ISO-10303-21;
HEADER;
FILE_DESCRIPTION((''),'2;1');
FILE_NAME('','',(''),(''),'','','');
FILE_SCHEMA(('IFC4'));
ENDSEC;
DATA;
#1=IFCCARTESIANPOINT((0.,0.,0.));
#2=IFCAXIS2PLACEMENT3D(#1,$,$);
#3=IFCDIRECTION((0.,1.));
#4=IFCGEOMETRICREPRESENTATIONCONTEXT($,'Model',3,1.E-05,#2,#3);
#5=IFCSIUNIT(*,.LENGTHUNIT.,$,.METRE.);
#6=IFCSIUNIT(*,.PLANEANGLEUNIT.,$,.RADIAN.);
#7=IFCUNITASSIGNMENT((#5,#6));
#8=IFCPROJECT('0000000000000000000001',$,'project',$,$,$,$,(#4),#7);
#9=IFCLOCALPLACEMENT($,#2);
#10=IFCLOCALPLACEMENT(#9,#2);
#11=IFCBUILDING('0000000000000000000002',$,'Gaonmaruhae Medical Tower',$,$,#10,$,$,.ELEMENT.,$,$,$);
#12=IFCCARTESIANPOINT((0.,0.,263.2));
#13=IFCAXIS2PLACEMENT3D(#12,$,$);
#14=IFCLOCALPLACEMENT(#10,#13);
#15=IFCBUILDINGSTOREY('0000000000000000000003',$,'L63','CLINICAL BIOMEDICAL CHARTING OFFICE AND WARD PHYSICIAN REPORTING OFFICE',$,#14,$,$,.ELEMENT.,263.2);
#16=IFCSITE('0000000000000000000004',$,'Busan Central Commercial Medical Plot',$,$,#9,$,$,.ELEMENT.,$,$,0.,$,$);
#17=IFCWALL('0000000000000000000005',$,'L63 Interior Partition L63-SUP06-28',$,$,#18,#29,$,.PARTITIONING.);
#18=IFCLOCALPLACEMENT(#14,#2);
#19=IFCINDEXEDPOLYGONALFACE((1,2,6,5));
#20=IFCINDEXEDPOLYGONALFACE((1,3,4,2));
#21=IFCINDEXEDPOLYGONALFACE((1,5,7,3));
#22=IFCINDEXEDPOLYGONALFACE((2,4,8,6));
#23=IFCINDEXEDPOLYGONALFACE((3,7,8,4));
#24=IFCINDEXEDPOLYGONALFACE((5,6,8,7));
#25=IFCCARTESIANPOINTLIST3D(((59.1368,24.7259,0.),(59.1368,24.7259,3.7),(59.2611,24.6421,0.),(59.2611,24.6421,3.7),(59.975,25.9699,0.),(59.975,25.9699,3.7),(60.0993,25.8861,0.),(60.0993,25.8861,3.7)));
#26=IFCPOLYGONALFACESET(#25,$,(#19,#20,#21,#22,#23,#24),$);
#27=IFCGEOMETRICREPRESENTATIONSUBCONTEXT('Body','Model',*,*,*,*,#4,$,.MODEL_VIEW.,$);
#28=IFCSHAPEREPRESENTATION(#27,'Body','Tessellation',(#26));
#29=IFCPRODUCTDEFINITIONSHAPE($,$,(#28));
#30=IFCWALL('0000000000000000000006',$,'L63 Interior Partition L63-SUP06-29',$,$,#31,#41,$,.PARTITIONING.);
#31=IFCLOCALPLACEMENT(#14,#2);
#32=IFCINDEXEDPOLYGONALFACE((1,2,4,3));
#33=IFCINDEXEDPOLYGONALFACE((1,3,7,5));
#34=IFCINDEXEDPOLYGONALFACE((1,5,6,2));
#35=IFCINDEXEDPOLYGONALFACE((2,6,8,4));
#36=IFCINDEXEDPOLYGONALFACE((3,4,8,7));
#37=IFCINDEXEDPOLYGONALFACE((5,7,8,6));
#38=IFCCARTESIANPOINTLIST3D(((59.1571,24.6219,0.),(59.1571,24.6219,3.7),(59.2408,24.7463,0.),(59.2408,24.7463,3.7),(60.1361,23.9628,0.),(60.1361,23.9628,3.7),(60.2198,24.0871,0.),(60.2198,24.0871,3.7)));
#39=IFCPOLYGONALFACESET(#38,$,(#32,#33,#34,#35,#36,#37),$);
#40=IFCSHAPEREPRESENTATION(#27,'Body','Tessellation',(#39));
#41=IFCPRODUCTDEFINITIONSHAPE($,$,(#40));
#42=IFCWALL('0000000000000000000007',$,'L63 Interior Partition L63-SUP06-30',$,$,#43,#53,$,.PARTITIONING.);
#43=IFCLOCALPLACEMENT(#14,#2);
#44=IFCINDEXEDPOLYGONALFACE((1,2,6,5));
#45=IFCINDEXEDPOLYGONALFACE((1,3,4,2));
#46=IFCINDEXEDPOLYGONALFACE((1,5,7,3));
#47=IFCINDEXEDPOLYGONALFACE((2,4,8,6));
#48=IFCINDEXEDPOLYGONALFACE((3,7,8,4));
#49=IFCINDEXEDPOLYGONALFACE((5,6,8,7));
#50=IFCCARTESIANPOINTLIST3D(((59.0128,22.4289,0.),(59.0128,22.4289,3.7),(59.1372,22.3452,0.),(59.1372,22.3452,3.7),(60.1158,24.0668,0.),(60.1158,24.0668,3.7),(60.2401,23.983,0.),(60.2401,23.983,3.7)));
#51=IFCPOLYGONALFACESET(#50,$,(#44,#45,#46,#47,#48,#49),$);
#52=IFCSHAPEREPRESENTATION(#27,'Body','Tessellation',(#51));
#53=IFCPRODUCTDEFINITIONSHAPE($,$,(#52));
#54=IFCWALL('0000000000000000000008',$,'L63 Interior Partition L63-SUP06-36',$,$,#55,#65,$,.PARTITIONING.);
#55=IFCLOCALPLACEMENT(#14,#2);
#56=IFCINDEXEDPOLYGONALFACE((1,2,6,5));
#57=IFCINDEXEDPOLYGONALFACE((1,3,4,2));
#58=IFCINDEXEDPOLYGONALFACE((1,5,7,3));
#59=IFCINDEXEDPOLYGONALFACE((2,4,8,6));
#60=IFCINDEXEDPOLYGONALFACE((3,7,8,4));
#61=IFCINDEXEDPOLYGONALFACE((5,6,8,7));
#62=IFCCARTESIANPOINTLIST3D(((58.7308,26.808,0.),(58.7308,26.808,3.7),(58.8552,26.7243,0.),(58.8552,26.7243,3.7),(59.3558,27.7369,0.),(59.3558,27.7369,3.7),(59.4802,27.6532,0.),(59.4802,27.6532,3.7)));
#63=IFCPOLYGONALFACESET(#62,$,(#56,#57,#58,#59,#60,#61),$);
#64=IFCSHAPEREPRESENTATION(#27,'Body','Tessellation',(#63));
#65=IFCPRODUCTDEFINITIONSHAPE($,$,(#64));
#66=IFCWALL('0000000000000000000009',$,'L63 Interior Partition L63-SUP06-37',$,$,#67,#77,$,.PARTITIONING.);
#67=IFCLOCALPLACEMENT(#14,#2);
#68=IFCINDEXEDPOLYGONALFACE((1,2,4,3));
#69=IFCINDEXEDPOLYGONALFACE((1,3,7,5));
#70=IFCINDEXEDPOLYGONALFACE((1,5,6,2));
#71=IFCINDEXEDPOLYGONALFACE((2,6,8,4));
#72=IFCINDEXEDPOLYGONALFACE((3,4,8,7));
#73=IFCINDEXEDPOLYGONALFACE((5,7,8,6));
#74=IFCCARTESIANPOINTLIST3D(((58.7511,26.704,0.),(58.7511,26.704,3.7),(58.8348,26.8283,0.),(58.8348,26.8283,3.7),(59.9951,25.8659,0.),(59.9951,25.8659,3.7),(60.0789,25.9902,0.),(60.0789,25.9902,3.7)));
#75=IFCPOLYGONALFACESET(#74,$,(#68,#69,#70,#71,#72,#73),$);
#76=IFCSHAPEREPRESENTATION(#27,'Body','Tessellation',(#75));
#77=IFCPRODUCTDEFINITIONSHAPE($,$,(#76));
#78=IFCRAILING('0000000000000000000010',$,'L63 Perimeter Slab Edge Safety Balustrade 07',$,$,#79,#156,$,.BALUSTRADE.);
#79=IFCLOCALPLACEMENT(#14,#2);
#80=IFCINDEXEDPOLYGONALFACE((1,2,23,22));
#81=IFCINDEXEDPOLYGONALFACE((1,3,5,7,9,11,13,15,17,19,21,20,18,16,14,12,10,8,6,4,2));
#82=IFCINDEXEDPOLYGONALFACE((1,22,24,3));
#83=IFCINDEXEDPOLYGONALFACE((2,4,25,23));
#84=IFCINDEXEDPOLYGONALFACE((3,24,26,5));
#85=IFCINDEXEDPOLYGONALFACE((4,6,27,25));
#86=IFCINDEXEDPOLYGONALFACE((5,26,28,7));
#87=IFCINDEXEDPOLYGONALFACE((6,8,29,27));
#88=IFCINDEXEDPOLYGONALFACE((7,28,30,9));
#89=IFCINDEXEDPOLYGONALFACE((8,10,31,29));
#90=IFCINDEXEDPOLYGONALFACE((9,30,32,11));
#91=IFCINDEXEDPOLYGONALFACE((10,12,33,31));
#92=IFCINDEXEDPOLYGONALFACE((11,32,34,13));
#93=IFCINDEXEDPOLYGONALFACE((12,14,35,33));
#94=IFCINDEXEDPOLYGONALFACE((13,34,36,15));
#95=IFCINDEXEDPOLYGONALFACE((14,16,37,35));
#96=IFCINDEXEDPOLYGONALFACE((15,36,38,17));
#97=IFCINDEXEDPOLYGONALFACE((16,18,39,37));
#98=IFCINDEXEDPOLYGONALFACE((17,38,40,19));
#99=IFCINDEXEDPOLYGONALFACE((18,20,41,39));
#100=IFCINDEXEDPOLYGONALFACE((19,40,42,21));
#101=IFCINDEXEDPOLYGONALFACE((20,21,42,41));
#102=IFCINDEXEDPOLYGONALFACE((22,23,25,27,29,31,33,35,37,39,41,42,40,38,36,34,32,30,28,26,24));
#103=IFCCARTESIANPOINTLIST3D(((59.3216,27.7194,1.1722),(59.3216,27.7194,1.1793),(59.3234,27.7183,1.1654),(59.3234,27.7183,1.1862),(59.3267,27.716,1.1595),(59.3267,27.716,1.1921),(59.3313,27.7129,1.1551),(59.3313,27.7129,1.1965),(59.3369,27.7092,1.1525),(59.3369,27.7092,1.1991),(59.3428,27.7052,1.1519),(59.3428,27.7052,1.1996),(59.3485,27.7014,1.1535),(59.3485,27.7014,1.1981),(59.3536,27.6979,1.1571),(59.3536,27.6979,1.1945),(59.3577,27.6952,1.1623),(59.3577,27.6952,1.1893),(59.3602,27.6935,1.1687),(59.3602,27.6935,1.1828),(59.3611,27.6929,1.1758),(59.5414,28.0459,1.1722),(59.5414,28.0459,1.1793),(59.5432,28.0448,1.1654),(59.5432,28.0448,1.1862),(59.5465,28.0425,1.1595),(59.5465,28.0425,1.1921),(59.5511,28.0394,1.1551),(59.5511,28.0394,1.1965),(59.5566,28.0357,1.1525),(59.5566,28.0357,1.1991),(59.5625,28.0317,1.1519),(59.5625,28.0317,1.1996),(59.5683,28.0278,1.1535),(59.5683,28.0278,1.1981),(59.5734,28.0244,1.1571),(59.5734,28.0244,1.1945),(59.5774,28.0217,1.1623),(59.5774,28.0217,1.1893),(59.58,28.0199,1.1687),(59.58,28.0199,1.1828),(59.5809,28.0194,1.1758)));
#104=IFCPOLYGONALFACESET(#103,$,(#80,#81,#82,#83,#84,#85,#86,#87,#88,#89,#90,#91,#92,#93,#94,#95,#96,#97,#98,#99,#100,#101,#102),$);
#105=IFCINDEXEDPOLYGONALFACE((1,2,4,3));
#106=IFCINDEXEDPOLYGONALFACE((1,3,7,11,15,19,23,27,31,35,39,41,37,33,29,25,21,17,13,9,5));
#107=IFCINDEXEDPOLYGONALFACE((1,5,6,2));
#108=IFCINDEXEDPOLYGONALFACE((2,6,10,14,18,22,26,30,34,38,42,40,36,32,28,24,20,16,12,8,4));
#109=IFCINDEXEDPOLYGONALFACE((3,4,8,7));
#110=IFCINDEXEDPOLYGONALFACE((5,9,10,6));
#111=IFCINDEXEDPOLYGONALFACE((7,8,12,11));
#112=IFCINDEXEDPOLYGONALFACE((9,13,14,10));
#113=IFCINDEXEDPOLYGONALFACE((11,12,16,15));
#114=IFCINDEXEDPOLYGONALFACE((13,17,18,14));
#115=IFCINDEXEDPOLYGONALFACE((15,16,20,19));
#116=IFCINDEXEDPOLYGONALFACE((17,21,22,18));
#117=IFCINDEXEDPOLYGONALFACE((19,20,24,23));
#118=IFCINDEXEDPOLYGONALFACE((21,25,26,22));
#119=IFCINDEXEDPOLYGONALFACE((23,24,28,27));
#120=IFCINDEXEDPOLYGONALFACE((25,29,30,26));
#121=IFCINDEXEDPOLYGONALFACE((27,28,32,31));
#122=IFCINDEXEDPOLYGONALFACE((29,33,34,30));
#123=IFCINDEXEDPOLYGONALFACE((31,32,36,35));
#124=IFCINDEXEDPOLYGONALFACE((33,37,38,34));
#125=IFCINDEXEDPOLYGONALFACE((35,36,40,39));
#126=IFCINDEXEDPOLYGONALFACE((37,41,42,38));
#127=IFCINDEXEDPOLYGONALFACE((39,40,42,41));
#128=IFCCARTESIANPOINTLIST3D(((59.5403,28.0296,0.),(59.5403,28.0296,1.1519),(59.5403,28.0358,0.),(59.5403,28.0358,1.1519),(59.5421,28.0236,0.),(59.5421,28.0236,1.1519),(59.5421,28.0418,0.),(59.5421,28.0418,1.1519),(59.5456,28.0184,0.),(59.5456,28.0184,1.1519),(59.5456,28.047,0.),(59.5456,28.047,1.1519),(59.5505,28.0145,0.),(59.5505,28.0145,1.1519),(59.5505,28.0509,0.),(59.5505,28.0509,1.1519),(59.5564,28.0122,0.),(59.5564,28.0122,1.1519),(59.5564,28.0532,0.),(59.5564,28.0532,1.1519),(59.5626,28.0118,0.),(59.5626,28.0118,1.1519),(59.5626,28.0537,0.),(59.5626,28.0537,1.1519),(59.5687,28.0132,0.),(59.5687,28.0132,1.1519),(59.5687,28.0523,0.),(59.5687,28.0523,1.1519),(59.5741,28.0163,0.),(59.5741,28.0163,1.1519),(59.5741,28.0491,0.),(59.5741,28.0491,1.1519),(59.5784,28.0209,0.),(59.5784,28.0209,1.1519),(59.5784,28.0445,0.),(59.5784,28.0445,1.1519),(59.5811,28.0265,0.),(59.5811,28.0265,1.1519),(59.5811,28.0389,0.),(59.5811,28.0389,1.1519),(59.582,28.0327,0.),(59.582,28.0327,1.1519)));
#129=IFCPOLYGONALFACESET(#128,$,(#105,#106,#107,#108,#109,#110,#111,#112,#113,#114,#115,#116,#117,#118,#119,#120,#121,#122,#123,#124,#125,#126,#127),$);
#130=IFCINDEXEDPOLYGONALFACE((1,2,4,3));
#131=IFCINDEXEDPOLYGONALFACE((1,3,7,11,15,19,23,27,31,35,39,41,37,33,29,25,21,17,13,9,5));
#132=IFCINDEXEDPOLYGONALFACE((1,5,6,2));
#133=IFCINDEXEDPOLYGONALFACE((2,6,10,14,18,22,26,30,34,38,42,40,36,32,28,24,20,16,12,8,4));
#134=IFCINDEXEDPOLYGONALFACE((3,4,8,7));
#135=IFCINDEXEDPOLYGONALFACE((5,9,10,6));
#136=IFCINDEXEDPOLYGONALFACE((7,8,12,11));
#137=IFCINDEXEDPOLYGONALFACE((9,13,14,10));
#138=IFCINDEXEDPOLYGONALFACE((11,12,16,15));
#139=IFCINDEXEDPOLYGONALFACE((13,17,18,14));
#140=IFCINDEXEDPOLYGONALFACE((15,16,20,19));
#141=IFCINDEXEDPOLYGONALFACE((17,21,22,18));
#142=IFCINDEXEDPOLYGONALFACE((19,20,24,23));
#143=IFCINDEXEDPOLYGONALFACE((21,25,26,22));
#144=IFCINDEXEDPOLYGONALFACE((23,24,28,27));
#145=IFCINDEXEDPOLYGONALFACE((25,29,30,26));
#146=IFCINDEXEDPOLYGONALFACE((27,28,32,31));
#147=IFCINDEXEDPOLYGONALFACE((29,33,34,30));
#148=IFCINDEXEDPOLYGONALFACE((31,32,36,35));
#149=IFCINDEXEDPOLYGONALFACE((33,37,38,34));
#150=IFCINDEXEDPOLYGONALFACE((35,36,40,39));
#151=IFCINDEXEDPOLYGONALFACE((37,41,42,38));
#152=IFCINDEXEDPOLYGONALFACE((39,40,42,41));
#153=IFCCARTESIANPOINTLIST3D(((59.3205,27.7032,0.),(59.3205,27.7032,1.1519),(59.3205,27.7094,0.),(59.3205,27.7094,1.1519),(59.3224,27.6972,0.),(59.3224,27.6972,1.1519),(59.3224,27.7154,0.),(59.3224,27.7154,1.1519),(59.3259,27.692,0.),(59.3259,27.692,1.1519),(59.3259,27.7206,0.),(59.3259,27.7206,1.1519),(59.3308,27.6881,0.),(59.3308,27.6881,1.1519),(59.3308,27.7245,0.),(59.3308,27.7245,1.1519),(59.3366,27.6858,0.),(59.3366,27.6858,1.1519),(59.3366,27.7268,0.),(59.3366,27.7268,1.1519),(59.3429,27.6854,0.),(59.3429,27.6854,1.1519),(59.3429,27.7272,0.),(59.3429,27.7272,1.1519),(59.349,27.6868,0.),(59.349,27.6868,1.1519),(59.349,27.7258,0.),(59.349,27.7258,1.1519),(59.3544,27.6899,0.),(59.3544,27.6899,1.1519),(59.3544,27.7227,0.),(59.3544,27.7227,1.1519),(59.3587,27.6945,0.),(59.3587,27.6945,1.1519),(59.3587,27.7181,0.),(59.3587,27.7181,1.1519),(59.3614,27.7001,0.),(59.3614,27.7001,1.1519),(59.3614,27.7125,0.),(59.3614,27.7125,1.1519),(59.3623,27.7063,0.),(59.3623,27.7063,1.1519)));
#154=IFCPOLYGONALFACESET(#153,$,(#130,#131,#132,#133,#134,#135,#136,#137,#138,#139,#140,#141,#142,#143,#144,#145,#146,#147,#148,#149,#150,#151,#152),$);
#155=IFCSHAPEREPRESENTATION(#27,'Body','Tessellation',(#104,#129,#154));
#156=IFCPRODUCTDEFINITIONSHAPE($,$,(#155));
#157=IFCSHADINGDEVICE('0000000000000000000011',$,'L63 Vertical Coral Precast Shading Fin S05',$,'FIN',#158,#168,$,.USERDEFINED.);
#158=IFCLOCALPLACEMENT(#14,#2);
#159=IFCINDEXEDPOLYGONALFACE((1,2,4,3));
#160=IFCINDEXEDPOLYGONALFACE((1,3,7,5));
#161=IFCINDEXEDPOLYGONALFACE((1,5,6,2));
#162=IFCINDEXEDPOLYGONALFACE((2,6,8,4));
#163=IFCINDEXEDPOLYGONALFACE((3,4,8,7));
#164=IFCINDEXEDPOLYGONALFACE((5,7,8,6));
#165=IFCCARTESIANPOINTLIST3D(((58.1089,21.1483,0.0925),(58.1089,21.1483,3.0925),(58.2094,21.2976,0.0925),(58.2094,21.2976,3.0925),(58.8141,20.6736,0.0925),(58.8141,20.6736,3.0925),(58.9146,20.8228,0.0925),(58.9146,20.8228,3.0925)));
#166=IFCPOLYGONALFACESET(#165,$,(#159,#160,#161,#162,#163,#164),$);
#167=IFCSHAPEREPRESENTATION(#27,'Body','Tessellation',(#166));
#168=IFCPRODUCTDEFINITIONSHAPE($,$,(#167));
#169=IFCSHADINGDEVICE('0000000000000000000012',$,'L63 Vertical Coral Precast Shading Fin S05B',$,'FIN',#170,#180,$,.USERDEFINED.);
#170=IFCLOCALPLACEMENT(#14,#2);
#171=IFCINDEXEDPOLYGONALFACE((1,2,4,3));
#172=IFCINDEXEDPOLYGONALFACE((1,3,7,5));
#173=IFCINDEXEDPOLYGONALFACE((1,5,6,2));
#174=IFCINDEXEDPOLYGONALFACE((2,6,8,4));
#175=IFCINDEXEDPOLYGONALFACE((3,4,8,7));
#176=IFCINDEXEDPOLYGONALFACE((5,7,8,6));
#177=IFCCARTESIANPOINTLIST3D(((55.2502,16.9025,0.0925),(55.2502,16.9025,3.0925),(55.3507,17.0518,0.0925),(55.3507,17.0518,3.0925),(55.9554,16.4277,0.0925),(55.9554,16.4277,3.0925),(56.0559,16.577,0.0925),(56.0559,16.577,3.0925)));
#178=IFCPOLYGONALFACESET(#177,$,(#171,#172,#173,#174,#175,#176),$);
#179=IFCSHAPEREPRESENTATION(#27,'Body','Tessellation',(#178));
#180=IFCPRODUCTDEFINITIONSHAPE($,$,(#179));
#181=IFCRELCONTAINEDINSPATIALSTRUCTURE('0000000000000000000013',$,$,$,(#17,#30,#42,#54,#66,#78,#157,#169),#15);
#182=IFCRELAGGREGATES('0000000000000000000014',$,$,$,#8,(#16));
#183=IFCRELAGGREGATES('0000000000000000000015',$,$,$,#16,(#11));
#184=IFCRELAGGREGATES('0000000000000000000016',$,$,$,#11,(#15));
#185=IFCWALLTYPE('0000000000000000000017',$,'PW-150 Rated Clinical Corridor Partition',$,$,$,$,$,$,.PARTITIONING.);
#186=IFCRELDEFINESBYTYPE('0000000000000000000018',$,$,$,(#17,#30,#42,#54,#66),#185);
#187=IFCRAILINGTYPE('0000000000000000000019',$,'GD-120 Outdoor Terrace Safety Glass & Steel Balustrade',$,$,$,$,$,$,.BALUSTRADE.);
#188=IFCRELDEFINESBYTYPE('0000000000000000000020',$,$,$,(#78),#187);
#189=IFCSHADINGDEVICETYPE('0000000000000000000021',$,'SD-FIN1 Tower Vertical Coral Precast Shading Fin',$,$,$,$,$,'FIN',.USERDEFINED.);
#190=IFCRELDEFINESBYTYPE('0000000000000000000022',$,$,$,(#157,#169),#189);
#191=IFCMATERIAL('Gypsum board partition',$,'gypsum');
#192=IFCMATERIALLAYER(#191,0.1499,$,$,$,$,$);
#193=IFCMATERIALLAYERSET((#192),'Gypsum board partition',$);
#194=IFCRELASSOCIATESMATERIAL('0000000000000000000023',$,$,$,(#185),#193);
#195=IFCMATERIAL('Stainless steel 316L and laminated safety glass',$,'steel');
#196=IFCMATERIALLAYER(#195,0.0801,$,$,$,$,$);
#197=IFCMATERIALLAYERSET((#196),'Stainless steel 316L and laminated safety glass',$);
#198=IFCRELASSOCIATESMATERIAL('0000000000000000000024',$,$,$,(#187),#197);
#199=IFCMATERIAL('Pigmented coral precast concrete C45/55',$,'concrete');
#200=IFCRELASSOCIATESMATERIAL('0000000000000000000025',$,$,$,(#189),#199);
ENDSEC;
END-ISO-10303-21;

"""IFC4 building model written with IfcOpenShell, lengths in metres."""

from ifc_helpers import new_model, si_unit, direction, frame, frame_2d, origin, origin_2d, place, context, subcontext, project, spatial, rectangle, circle, extrude, material, layer, layer_set, type_object, element, save


model = new_model("IFC4")

# Units and contexts
model_context = context("Model", 3, precision=1e-05, world=origin(), true_north=direction((0.0, 1.0)))
body_context = subcontext(model_context, "Body", "Model", "MODEL_VIEW")
ifc_project = project(units=[si_unit("LENGTHUNIT", "METRE"), si_unit("PLANEANGLEUNIT", "RADIAN")], contexts=[model_context])

# Site, building, storey
site_placement = place(None, origin())
site = spatial("IfcSite", under=ifc_project, at=site_placement, Name="Busan Central Commercial Medical Plot", CompositionType="ELEMENT", RefElevation=0.0)
building_placement = place(site_placement, origin())
building = spatial("IfcBuilding", under=site, at=building_placement, Name="Gaonmaruhae Medical Tower", CompositionType="ELEMENT")
storey_placement = place(building_placement, frame((0.0, 0.0, 263.2)))
storey = spatial("IfcBuildingStorey", under=building, at=storey_placement, Name="L63", Description="CLINICAL BIOMEDICAL CHARTING OFFICE AND WARD PHYSICIAN REPORTING OFFICE", CompositionType="ELEMENT", Elevation=263.2)

# Walls
ifc_material_1 = material(Name="Gypsum board partition", Category="gypsum")
ifc_layer_1 = layer(ifc_material_1, 0.1499)
ifc_layer_set_1 = layer_set([ifc_layer_1], Name="Gypsum board partition")
wall_type_1 = type_object("IfcWallType", Name="PW-150 Rated Clinical Corridor Partition", PredefinedType="PARTITIONING", material=ifc_layer_set_1)
wall_1_placement = place(storey_placement, frame((60.0371, 25.928, 0.0), z_axis=(0.0, 0.0, 1.0), x_axis=(-0.558788, -0.829311, 0.0)))
element("IfcWall", 1, at=wall_1_placement, inside=storey, type_object=wall_type_1, Name="L63 Interior Partition L63-SUP06-28", PredefinedType="PARTITIONING", context=body_context, shape_type="SweptSolid", body=[
    extrude(rectangle(XDim=1.5, YDim=0.1499, at=frame_2d((0.75, 0.0))), origin(), (0.0, 0.0, 1.0), 3.7),
])
wall_2_placement = place(storey_placement, frame((59.199, 24.6841, 0.0), z_axis=(0.0, 0.0, 1.0), x_axis=(0.829496, -0.558513, 0.0)))
element("IfcWall", 2, at=wall_2_placement, inside=storey, type_object=wall_type_1, Name="L63 Interior Partition L63-SUP06-29", PredefinedType="PARTITIONING", context=body_context, shape_type="SweptSolid", body=[
    extrude(rectangle(XDim=1.1802, YDim=0.1499, at=frame_2d((0.5901, 0.0))), origin(), (0.0, 0.0, 1.0), 3.7),
])
wall_3_placement = place(storey_placement, frame((60.178, 24.0249, 0.0), z_axis=(0.0, 0.0, 1.0), x_axis=(-0.558574, -0.829454, 0.0)))
element("IfcWall", 3, at=wall_3_placement, inside=storey, type_object=wall_type_1, Name="L63 Interior Partition L63-SUP06-30", PredefinedType="PARTITIONING", context=body_context, shape_type="SweptSolid", body=[
    extrude(rectangle(XDim=1.9746, YDim=0.1499, at=frame_2d((0.9873, 0.0))), origin(), (0.0, 0.0, 1.0), 3.7),
])
wall_4_placement = place(storey_placement, frame((59.418, 27.6951, 0.0), z_axis=(0.0, 0.0, 1.0), x_axis=(-0.558218, -0.829695, 0.0)))
element("IfcWall", 4, at=wall_4_placement, inside=storey, type_object=wall_type_1, Name="L63 Interior Partition L63-SUP06-36", PredefinedType="PARTITIONING", context=body_context, shape_type="SweptSolid", body=[
    extrude(rectangle(XDim=1.1196, YDim=0.1499, at=frame_2d((0.5598, 0.0))), origin(), (0.0, 0.0, 1.0), 3.7),
])
wall_5_placement = place(storey_placement, frame((58.793, 26.7661, 0.0), z_axis=(0.0, 0.0, 1.0), x_axis=(0.829362, -0.558712, 0.0)))
element("IfcWall", 5, at=wall_5_placement, inside=storey, type_object=wall_type_1, Name="L63 Interior Partition L63-SUP06-37", PredefinedType="PARTITIONING", context=body_context, shape_type="SweptSolid", body=[
    extrude(rectangle(XDim=1.5, YDim=0.1499, at=frame_2d((0.75, 0.0))), origin(), (0.0, 0.0, 1.0), 3.7),
])

# Railing
ifc_material_2 = material(Name="Stainless steel 316L and laminated safety glass", Category="steel")
ifc_layer_2 = layer(ifc_material_2, 0.0801)
ifc_layer_set_2 = layer_set([ifc_layer_2], Name="Stainless steel 316L and laminated safety glass")
railing_type = type_object("IfcRailingType", Name="GD-120 Outdoor Terrace Safety Glass & Steel Balustrade", PredefinedType="BALUSTRADE", material=ifc_layer_set_2)
railing_placement = place(storey_placement, frame((59.561, 28.0327, 0.0)))
element("IfcRailing", 6, at=railing_placement, inside=storey, type_object=railing_type, Name="L63 Perimeter Slab Edge Safety Balustrade 07", PredefinedType="BALUSTRADE", context=body_context, shape_type="SweptSolid", body=[
    extrude(circle(Radius=0.0239, at=origin_2d()), frame((0.0, 0.0, 1.1758), z_axis=(-0.558417, -0.82956, 0.0), x_axis=(0.82956, -0.558417, 0.0)), (0.0, 0.0, 1.0), 0.3936),
    extrude(circle(Radius=0.021, at=origin_2d()), origin(), (0.0, 0.0, 1.0), 1.1519),
    extrude(circle(Radius=0.021, at=origin_2d()), frame((-0.2197, -0.3264, 0.0)), (0.0, 0.0, 1.0), 1.1519),
])

# Shading devices
ifc_material_3 = material(Name="Pigmented coral precast concrete C45/55", Category="concrete")
shading_device_type = type_object("IfcShadingDeviceType", Name="SD-FIN1 Tower Vertical Coral Precast Shading Fin", ElementType="FIN", PredefinedType="USERDEFINED", material=ifc_material_3)
for number, where, z_axis, x_axis, name in (
    (7, (58.5117, 20.9856, 0.0925), (0.0, 0.0, 1.0), (-0.558469, -0.829525, 0.0), "L63 Vertical Coral Precast Shading Fin S05"),
    (8, (55.6531, 16.7397, 0.0925), (0.0, 0.0, 1.0), (-0.558469, -0.829525, 0.0), "L63 Vertical Coral Precast Shading Fin S05B"),
):
    element("IfcShadingDevice", number, at=place(storey_placement, frame(where, z_axis=z_axis, x_axis=x_axis)), inside=storey, type_object=shading_device_type, Name=name, ObjectType="FIN", PredefinedType="USERDEFINED", context=body_context, shape_type="SweptSolid", body=[
        extrude(rectangle(XDim=0.1799, YDim=0.8501, at=origin_2d()), origin(), (0.0, 0.0, 1.0), 3.0),
    ])

save(model, "model.ifc")
